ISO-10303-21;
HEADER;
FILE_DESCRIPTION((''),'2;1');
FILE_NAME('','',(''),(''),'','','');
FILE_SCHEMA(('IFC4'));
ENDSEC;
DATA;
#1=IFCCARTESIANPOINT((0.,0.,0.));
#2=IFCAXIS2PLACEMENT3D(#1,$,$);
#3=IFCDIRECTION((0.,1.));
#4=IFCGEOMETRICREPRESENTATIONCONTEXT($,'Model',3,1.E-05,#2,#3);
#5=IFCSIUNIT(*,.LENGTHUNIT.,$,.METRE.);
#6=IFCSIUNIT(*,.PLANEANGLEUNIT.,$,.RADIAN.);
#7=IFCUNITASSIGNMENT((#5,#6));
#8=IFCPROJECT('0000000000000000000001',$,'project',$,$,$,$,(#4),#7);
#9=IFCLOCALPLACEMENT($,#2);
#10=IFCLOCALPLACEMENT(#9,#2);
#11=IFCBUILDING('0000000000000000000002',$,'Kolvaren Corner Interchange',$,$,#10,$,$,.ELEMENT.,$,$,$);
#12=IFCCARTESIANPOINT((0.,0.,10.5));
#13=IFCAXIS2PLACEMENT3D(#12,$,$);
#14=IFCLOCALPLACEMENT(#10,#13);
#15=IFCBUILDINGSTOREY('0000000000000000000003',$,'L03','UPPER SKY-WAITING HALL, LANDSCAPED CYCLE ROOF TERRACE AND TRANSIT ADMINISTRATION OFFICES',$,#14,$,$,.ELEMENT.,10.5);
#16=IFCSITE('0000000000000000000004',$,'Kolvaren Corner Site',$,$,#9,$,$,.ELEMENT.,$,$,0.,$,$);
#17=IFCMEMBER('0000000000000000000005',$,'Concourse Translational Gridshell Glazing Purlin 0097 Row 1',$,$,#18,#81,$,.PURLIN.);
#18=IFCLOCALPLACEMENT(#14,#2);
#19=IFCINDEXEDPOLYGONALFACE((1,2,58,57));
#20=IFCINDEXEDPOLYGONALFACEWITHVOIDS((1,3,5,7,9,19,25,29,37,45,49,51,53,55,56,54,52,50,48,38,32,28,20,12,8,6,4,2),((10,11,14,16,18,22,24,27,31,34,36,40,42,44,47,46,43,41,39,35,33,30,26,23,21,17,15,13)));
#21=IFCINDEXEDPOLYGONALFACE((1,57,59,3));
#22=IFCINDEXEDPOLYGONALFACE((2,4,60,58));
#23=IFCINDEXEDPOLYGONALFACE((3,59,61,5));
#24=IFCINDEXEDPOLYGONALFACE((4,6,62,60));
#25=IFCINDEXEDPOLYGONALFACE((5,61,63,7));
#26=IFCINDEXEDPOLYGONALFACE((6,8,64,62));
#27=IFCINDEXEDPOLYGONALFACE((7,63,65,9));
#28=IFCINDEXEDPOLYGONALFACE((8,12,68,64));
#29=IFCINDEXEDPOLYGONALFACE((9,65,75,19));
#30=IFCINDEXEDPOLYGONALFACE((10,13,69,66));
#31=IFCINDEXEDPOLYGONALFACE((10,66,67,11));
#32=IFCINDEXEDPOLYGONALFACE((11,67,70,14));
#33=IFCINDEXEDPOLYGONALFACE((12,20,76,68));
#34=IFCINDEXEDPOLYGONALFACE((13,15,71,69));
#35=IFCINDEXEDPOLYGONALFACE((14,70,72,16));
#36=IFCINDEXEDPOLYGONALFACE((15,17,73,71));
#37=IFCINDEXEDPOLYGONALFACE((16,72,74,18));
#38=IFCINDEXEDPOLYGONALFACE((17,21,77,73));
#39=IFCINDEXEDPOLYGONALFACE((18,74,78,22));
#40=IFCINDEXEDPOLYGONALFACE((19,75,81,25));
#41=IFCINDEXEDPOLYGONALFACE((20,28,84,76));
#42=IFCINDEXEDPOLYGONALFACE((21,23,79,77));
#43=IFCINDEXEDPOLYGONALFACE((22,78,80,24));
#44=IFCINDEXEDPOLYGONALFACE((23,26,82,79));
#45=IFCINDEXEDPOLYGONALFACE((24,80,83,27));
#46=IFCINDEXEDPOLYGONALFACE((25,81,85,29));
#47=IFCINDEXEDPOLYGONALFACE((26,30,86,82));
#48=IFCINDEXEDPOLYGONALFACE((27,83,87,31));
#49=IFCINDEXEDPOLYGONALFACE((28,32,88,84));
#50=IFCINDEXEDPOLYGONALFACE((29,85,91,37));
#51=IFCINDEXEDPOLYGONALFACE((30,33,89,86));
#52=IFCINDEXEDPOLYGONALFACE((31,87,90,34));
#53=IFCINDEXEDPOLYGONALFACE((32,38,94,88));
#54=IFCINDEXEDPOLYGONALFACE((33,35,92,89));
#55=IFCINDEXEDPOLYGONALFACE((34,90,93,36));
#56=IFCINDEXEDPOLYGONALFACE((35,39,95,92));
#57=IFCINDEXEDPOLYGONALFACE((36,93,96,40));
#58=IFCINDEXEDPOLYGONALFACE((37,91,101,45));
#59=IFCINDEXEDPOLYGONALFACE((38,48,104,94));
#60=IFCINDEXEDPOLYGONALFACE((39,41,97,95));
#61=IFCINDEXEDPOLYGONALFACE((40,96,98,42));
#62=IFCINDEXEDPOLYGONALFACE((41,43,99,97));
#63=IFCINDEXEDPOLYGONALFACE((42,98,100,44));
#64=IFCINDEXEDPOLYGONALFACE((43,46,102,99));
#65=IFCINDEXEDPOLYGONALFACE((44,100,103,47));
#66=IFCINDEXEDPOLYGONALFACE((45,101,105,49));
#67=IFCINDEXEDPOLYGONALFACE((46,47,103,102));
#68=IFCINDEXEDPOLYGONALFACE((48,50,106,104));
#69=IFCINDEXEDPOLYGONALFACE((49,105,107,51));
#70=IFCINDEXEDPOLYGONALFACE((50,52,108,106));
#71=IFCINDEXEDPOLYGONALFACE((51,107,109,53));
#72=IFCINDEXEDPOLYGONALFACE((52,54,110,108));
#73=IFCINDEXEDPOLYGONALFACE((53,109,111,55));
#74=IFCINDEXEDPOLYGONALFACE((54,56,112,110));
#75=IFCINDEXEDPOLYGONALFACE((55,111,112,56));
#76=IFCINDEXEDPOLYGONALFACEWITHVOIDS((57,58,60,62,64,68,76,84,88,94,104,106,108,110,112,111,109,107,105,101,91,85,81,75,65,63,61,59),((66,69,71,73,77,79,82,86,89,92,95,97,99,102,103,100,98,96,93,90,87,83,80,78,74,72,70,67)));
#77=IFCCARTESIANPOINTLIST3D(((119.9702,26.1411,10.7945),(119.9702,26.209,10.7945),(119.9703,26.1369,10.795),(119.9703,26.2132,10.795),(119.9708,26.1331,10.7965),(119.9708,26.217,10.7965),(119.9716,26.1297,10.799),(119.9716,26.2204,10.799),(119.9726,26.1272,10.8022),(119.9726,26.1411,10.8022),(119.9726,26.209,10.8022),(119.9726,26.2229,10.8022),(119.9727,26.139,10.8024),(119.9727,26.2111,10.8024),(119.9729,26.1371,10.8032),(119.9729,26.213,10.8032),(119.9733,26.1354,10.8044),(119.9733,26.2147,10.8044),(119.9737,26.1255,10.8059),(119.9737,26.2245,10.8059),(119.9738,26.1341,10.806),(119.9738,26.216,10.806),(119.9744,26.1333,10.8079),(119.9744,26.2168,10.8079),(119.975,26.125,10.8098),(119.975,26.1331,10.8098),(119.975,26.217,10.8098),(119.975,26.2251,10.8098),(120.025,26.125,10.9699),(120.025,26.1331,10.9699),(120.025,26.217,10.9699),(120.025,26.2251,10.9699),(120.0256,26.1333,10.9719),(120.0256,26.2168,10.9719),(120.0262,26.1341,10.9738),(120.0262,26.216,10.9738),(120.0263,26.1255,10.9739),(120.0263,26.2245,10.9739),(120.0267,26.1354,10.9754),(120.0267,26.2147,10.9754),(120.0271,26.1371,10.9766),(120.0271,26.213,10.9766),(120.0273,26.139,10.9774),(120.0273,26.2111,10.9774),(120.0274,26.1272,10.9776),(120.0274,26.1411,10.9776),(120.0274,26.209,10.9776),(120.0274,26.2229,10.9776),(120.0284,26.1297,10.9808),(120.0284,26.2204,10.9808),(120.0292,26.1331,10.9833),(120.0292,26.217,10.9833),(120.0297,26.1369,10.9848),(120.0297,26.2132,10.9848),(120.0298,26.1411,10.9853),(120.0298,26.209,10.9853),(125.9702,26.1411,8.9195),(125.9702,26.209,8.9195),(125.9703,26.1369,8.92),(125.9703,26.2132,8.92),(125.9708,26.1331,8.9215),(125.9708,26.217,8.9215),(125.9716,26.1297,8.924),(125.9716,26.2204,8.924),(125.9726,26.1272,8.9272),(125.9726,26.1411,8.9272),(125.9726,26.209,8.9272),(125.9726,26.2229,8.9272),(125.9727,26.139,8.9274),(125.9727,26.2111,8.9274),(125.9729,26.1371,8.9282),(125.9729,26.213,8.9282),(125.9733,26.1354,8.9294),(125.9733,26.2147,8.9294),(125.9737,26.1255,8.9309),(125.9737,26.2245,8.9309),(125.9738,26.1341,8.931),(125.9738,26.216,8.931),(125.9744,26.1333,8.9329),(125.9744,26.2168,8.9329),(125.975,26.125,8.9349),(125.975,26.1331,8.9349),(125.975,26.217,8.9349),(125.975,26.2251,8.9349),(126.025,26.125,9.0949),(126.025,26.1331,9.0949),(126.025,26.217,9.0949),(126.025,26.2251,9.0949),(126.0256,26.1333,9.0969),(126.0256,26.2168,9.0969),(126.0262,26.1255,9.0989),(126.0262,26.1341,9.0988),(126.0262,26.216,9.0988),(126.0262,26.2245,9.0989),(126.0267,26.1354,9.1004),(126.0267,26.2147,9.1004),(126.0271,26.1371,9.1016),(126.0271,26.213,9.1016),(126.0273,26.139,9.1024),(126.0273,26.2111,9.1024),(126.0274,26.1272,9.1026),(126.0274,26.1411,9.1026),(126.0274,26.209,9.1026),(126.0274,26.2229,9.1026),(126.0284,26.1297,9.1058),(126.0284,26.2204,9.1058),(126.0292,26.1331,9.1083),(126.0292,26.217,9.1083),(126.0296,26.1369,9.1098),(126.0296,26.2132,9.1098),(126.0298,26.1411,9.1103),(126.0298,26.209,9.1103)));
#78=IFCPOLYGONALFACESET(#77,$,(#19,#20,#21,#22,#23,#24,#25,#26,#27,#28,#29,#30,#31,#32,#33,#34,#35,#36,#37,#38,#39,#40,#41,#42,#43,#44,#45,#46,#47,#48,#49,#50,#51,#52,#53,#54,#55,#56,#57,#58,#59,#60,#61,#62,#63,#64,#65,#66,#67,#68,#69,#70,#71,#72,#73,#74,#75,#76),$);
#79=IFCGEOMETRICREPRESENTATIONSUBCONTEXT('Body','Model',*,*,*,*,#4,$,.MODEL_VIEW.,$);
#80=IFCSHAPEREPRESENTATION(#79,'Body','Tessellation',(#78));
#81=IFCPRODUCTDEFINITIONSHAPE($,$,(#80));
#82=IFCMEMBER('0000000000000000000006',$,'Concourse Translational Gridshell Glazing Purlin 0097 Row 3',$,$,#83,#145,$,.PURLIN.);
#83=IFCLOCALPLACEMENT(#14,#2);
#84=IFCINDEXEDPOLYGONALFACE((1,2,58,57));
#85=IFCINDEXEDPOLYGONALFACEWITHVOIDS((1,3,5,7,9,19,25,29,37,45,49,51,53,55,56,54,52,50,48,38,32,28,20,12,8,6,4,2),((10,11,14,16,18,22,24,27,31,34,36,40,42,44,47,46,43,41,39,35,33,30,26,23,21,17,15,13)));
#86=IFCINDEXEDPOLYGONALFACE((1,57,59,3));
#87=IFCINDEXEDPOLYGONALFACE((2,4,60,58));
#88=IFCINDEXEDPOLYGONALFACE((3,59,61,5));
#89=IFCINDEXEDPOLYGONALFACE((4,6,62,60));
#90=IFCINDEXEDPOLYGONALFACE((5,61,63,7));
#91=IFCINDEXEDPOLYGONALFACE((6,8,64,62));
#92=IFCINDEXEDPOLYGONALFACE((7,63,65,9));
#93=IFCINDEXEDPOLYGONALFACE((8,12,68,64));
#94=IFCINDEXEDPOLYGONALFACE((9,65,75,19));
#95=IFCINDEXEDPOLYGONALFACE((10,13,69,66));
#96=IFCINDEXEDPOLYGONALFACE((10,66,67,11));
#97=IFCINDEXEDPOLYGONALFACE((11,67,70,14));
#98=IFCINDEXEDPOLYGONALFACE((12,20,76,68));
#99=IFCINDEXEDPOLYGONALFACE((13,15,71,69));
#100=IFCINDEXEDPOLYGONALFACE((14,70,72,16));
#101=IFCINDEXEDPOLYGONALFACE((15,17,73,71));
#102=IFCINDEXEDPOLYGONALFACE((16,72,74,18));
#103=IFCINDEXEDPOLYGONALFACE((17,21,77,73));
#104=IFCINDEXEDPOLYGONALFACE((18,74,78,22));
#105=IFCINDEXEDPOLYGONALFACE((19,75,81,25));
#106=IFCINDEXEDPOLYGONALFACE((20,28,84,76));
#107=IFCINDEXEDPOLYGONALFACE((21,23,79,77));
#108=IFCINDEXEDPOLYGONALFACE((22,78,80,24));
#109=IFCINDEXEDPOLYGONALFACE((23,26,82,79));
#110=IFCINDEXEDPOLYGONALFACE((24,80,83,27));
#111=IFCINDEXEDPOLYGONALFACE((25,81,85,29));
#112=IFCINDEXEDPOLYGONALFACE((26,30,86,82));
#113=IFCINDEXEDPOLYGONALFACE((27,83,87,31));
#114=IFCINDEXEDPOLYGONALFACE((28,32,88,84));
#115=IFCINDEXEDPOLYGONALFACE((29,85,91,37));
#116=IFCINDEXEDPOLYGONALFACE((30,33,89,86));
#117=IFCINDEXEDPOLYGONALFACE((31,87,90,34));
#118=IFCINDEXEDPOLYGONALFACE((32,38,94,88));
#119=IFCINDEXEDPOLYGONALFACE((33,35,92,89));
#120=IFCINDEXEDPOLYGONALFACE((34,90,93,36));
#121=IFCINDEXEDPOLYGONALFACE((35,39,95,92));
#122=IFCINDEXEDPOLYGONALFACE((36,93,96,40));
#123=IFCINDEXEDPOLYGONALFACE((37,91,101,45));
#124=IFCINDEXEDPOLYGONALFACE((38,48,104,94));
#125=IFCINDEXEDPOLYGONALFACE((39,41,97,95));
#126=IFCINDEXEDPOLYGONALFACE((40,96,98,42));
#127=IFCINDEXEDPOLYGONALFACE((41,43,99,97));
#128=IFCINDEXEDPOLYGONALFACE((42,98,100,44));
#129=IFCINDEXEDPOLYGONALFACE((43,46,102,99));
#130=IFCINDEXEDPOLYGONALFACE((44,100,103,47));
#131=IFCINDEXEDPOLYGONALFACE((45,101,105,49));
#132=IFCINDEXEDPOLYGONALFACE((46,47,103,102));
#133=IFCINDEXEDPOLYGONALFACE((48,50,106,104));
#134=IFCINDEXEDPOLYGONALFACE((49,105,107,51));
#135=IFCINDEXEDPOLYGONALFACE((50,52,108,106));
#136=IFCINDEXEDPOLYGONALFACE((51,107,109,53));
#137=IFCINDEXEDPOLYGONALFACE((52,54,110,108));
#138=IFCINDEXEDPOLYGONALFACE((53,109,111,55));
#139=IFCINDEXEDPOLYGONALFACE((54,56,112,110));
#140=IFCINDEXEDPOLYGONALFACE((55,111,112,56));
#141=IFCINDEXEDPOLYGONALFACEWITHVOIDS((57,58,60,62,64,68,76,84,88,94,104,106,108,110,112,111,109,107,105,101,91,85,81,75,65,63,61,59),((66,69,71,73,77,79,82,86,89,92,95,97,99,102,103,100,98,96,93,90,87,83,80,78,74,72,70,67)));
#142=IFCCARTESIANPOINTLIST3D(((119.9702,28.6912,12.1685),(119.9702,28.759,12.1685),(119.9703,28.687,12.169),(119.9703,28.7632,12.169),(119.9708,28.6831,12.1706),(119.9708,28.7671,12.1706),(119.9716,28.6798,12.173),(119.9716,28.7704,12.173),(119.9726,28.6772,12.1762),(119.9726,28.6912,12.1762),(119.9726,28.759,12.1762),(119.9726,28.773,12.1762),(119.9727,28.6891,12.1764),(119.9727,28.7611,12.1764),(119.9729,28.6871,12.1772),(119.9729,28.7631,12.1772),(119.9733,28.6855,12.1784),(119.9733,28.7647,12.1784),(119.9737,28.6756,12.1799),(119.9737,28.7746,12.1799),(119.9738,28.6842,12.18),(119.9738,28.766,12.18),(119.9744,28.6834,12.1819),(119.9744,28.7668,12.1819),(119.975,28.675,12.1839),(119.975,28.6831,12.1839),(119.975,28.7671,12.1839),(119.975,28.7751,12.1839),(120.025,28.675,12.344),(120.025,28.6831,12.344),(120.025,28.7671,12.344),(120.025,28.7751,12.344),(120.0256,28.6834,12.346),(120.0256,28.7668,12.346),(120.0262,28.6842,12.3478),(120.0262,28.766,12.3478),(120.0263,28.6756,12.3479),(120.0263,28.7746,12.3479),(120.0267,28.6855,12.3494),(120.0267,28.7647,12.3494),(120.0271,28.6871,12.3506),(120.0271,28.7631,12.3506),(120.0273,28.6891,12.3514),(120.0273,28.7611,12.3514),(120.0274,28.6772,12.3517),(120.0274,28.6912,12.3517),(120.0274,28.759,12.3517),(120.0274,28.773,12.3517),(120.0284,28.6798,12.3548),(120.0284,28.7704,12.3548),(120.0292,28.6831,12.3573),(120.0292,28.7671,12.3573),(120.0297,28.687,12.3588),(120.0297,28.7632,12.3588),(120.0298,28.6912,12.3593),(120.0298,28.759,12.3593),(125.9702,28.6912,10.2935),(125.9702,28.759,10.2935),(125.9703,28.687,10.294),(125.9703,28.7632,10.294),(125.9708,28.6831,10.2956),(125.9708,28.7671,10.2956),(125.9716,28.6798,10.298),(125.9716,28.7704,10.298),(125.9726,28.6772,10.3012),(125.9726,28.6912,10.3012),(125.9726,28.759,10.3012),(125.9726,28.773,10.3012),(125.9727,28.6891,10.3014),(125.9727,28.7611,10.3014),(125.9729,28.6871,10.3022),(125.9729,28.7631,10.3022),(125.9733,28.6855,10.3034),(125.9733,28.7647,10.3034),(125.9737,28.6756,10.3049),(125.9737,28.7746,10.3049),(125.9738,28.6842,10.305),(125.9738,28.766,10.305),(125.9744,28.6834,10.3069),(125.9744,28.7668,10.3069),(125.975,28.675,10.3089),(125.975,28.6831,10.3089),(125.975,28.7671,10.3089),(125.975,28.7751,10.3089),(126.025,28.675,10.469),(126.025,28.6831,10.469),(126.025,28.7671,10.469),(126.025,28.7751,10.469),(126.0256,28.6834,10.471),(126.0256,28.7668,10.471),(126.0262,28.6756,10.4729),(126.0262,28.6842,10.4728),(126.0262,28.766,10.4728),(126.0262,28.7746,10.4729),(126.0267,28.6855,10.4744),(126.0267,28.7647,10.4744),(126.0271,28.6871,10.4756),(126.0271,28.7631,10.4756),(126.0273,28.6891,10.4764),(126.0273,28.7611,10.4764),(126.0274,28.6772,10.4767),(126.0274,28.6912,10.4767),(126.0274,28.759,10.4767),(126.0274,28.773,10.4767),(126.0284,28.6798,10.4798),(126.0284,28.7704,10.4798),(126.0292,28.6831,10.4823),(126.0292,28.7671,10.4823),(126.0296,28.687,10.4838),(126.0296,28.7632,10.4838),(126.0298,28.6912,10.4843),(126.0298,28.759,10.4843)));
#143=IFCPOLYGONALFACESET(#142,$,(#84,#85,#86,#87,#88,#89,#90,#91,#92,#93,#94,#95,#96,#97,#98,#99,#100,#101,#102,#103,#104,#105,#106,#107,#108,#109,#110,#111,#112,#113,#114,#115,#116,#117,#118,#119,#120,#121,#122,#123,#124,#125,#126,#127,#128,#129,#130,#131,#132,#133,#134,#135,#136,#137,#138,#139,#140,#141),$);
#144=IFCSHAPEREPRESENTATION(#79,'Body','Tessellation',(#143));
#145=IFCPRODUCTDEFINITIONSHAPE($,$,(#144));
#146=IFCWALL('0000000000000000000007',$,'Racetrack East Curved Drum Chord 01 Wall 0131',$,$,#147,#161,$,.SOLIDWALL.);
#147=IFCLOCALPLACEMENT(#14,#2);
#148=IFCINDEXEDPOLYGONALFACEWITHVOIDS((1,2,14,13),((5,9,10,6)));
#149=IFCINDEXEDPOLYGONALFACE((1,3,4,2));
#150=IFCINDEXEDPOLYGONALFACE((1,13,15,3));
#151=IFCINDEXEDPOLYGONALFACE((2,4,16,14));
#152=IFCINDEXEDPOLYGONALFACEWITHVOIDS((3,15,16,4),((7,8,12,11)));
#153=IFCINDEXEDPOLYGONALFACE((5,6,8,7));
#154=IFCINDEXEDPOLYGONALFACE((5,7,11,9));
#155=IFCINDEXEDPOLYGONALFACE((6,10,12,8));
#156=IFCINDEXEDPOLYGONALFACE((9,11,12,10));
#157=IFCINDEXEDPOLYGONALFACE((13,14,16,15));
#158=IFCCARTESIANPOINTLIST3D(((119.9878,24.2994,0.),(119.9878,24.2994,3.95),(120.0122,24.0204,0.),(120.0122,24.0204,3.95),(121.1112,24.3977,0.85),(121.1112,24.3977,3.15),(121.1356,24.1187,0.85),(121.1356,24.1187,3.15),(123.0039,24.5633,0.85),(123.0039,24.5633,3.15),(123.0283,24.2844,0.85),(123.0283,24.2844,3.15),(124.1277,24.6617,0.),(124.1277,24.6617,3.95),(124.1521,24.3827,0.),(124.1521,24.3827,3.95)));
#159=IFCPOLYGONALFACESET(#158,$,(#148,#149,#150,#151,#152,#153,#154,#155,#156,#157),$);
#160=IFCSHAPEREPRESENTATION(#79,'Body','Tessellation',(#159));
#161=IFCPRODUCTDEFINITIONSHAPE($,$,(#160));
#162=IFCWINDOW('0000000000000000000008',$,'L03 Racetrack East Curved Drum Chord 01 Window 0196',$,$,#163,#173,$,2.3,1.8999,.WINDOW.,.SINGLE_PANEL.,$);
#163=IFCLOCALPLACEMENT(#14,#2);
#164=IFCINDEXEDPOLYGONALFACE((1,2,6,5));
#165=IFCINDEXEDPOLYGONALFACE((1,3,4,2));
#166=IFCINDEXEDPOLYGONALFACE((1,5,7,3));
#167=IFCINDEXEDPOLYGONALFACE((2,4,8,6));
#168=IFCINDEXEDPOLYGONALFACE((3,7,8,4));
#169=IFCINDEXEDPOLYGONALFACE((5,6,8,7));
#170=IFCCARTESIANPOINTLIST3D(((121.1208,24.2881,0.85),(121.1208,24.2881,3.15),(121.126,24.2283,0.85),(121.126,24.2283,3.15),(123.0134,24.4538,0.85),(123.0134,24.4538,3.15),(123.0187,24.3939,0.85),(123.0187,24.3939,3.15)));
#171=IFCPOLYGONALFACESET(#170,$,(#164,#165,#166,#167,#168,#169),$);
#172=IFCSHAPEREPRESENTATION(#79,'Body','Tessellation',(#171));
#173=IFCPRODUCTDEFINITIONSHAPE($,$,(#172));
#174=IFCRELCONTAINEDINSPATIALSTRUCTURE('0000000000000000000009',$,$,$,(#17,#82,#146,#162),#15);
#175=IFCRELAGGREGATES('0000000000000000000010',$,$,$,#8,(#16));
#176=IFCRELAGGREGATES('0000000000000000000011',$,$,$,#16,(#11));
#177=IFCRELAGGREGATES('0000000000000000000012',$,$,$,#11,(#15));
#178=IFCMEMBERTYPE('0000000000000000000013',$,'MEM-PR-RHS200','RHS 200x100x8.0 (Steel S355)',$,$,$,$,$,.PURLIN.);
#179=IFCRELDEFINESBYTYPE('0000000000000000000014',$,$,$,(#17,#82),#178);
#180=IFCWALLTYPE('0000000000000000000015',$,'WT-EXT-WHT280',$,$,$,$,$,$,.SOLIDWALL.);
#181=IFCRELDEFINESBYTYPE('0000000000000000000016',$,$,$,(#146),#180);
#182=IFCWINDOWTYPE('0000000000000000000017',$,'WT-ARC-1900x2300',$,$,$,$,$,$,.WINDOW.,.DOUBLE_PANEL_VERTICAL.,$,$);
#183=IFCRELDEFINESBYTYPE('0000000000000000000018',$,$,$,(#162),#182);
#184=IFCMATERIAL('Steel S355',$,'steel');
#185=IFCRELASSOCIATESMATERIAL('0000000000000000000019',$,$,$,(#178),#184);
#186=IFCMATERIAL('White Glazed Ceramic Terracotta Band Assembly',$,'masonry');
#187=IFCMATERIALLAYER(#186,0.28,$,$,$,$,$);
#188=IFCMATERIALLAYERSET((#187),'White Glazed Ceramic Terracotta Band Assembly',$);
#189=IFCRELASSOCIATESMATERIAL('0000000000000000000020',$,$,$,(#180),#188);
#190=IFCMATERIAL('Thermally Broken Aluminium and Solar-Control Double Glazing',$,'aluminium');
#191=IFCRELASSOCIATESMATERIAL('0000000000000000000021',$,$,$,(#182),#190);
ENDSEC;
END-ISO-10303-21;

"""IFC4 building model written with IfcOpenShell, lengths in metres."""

from ifc_helpers import new_model, si_unit, direction, frame, frame_2d, origin, origin_2d, place, context, subcontext, project, spatial, rectangle, hollow_rectangle, extrude, material, layer, layer_set, material_profile, profile_set, type_object, element, fill, save


model = new_model("IFC4")

# Units and contexts
model_context = context("Model", 3, precision=1e-05, world=origin(), true_north=direction((0.0, 1.0)))
body_context = subcontext(model_context, "Body", "Model", "MODEL_VIEW")
ifc_project = project(units=[si_unit("LENGTHUNIT", "METRE"), si_unit("PLANEANGLEUNIT", "RADIAN")], contexts=[model_context])

# Site, building, storey
site_placement = place(None, origin())
site = spatial("IfcSite", under=ifc_project, at=site_placement, Name="Kolvaren Corner Site", CompositionType="ELEMENT", RefElevation=0.0)
building_placement = place(site_placement, origin())
building = spatial("IfcBuilding", under=site, at=building_placement, Name="Kolvaren Corner Interchange", CompositionType="ELEMENT")
storey_placement = place(building_placement, frame((0.0, 0.0, 10.5)))
storey = spatial("IfcBuildingStorey", under=building, at=storey_placement, Name="L03", Description="UPPER SKY-WAITING HALL, LANDSCAPED CYCLE ROOF TERRACE AND TRANSIT ADMINISTRATION OFFICES", CompositionType="ELEMENT", Elevation=10.5)

# Members
ifc_material_1 = material(Name="Steel S355", Category="steel")
ifc_material_profile_1 = material_profile(ifc_material_1, hollow_rectangle(XDim=0.1001, YDim=0.2, WallThickness=0.0081, InnerFilletRadius=0.0081, OuterFilletRadius=0.0161, at=origin_2d()), Name="RHS 200x100x8.0")
ifc_profile_set_1 = profile_set([ifc_material_profile_1], Name="Steel S355")
member_type_1 = type_object("IfcMemberType", Name="MEM-PR-RHS200", Description="RHS 200x100x8.0 (Steel S355)", PredefinedType="PURLIN", material=ifc_profile_set_1)
for number, where, z_axis, x_axis, name in (
    (1, (120.0, 26.175, 10.8899), (0.95448, 0.0, -0.298275), (0.0, 1.0, 0.0), "Concourse Translational Gridshell Glazing Purlin 0097 Row 1"),
    (2, (120.0, 28.7251, 12.2639), (0.95448, 0.0, -0.298275), (0.0, 1.0, 0.0), "Concourse Translational Gridshell Glazing Purlin 0097 Row 3"),
):
    element("IfcMember", number, at=place(storey_placement, frame(where, z_axis=z_axis, x_axis=x_axis)), inside=storey, type_object=member_type_1, Name=name, PredefinedType="PURLIN", context=body_context, shape_type="SweptSolid", body=[
        extrude(hollow_rectangle(XDim=0.1001, YDim=0.2, WallThickness=0.0081, InnerFilletRadius=0.0081, OuterFilletRadius=0.0161, at=origin_2d()), origin(), (0.0, 0.0, 1.0), 6.2861),
    ])

# Wall, opening, window
ifc_material_2 = material(Name="White Glazed Ceramic Terracotta Band Assembly", Category="masonry")
ifc_layer = layer(ifc_material_2, 0.28)
ifc_layer_set = layer_set([ifc_layer], Name="White Glazed Ceramic Terracotta Band Assembly")
wall_type = type_object("IfcWallType", Name="WT-EXT-WHT280", PredefinedType="SOLIDWALL", material=ifc_layer_set)
wall_placement = place(storey_placement, frame((120.0, 24.1599, 0.0), z_axis=(0.0, 0.0, 1.0), x_axis=(0.996192, 0.087182, 0.0)))
wall = element("IfcWall", 3, at=wall_placement, inside=storey, type_object=wall_type, Name="Racetrack East Curved Drum Chord 01 Wall 0131", PredefinedType="SOLIDWALL", context=body_context, shape_type="SweptSolid", body=[
    extrude(rectangle(XDim=4.1558, YDim=0.28, at=frame_2d((2.0779, 0.0))), origin(), (0.0, 0.0, 1.0), 3.95),
])
opening_placement = place(wall_placement, frame((1.1277, 0.0, 0.8501)))
opening = element("IfcOpeningElement", 4, at=opening_placement, cuts=wall, PredefinedType="OPENING", context=body_context, shape_type="SweptSolid", body=[
    extrude(rectangle(XDim=1.8999, YDim=2.3, at=frame_2d((0.95, 1.1499))), frame((0.0, 0.1499, 0.0), z_axis=(0.0, -1.0, 0.0), x_axis=(1.0, 0.0, 0.0)), (0.0, 0.0, 1.0), 0.3),
])
ifc_material_3 = material(Name="Thermally Broken Aluminium and Solar-Control Double Glazing", Category="aluminium")
window_type = type_object("IfcWindowType", Name="WT-ARC-1900x2300", PartitioningType="DOUBLE_PANEL_VERTICAL", PredefinedType="WINDOW", material=ifc_material_3)
window_placement = place(opening_placement, origin())
window = element("IfcWindow", 5, at=window_placement, inside=storey, type_object=window_type, Name="L03 Racetrack East Curved Drum Chord 01 Window 0196", OverallHeight=2.3, OverallWidth=1.8999, PartitioningType="SINGLE_PANEL", PredefinedType="WINDOW", context=body_context, shape_type="SweptSolid", body=[
    extrude(rectangle(XDim=1.8999, YDim=2.3, at=frame_2d((0.95, 1.1499))), frame((0.0, 0.03, 0.0), z_axis=(0.0, -1.0, 0.0), x_axis=(1.0, 0.0, 0.0)), (0.0, 0.0, 1.0), 0.0601),
])
fill(opening, window)

save(model, "model.ifc")
